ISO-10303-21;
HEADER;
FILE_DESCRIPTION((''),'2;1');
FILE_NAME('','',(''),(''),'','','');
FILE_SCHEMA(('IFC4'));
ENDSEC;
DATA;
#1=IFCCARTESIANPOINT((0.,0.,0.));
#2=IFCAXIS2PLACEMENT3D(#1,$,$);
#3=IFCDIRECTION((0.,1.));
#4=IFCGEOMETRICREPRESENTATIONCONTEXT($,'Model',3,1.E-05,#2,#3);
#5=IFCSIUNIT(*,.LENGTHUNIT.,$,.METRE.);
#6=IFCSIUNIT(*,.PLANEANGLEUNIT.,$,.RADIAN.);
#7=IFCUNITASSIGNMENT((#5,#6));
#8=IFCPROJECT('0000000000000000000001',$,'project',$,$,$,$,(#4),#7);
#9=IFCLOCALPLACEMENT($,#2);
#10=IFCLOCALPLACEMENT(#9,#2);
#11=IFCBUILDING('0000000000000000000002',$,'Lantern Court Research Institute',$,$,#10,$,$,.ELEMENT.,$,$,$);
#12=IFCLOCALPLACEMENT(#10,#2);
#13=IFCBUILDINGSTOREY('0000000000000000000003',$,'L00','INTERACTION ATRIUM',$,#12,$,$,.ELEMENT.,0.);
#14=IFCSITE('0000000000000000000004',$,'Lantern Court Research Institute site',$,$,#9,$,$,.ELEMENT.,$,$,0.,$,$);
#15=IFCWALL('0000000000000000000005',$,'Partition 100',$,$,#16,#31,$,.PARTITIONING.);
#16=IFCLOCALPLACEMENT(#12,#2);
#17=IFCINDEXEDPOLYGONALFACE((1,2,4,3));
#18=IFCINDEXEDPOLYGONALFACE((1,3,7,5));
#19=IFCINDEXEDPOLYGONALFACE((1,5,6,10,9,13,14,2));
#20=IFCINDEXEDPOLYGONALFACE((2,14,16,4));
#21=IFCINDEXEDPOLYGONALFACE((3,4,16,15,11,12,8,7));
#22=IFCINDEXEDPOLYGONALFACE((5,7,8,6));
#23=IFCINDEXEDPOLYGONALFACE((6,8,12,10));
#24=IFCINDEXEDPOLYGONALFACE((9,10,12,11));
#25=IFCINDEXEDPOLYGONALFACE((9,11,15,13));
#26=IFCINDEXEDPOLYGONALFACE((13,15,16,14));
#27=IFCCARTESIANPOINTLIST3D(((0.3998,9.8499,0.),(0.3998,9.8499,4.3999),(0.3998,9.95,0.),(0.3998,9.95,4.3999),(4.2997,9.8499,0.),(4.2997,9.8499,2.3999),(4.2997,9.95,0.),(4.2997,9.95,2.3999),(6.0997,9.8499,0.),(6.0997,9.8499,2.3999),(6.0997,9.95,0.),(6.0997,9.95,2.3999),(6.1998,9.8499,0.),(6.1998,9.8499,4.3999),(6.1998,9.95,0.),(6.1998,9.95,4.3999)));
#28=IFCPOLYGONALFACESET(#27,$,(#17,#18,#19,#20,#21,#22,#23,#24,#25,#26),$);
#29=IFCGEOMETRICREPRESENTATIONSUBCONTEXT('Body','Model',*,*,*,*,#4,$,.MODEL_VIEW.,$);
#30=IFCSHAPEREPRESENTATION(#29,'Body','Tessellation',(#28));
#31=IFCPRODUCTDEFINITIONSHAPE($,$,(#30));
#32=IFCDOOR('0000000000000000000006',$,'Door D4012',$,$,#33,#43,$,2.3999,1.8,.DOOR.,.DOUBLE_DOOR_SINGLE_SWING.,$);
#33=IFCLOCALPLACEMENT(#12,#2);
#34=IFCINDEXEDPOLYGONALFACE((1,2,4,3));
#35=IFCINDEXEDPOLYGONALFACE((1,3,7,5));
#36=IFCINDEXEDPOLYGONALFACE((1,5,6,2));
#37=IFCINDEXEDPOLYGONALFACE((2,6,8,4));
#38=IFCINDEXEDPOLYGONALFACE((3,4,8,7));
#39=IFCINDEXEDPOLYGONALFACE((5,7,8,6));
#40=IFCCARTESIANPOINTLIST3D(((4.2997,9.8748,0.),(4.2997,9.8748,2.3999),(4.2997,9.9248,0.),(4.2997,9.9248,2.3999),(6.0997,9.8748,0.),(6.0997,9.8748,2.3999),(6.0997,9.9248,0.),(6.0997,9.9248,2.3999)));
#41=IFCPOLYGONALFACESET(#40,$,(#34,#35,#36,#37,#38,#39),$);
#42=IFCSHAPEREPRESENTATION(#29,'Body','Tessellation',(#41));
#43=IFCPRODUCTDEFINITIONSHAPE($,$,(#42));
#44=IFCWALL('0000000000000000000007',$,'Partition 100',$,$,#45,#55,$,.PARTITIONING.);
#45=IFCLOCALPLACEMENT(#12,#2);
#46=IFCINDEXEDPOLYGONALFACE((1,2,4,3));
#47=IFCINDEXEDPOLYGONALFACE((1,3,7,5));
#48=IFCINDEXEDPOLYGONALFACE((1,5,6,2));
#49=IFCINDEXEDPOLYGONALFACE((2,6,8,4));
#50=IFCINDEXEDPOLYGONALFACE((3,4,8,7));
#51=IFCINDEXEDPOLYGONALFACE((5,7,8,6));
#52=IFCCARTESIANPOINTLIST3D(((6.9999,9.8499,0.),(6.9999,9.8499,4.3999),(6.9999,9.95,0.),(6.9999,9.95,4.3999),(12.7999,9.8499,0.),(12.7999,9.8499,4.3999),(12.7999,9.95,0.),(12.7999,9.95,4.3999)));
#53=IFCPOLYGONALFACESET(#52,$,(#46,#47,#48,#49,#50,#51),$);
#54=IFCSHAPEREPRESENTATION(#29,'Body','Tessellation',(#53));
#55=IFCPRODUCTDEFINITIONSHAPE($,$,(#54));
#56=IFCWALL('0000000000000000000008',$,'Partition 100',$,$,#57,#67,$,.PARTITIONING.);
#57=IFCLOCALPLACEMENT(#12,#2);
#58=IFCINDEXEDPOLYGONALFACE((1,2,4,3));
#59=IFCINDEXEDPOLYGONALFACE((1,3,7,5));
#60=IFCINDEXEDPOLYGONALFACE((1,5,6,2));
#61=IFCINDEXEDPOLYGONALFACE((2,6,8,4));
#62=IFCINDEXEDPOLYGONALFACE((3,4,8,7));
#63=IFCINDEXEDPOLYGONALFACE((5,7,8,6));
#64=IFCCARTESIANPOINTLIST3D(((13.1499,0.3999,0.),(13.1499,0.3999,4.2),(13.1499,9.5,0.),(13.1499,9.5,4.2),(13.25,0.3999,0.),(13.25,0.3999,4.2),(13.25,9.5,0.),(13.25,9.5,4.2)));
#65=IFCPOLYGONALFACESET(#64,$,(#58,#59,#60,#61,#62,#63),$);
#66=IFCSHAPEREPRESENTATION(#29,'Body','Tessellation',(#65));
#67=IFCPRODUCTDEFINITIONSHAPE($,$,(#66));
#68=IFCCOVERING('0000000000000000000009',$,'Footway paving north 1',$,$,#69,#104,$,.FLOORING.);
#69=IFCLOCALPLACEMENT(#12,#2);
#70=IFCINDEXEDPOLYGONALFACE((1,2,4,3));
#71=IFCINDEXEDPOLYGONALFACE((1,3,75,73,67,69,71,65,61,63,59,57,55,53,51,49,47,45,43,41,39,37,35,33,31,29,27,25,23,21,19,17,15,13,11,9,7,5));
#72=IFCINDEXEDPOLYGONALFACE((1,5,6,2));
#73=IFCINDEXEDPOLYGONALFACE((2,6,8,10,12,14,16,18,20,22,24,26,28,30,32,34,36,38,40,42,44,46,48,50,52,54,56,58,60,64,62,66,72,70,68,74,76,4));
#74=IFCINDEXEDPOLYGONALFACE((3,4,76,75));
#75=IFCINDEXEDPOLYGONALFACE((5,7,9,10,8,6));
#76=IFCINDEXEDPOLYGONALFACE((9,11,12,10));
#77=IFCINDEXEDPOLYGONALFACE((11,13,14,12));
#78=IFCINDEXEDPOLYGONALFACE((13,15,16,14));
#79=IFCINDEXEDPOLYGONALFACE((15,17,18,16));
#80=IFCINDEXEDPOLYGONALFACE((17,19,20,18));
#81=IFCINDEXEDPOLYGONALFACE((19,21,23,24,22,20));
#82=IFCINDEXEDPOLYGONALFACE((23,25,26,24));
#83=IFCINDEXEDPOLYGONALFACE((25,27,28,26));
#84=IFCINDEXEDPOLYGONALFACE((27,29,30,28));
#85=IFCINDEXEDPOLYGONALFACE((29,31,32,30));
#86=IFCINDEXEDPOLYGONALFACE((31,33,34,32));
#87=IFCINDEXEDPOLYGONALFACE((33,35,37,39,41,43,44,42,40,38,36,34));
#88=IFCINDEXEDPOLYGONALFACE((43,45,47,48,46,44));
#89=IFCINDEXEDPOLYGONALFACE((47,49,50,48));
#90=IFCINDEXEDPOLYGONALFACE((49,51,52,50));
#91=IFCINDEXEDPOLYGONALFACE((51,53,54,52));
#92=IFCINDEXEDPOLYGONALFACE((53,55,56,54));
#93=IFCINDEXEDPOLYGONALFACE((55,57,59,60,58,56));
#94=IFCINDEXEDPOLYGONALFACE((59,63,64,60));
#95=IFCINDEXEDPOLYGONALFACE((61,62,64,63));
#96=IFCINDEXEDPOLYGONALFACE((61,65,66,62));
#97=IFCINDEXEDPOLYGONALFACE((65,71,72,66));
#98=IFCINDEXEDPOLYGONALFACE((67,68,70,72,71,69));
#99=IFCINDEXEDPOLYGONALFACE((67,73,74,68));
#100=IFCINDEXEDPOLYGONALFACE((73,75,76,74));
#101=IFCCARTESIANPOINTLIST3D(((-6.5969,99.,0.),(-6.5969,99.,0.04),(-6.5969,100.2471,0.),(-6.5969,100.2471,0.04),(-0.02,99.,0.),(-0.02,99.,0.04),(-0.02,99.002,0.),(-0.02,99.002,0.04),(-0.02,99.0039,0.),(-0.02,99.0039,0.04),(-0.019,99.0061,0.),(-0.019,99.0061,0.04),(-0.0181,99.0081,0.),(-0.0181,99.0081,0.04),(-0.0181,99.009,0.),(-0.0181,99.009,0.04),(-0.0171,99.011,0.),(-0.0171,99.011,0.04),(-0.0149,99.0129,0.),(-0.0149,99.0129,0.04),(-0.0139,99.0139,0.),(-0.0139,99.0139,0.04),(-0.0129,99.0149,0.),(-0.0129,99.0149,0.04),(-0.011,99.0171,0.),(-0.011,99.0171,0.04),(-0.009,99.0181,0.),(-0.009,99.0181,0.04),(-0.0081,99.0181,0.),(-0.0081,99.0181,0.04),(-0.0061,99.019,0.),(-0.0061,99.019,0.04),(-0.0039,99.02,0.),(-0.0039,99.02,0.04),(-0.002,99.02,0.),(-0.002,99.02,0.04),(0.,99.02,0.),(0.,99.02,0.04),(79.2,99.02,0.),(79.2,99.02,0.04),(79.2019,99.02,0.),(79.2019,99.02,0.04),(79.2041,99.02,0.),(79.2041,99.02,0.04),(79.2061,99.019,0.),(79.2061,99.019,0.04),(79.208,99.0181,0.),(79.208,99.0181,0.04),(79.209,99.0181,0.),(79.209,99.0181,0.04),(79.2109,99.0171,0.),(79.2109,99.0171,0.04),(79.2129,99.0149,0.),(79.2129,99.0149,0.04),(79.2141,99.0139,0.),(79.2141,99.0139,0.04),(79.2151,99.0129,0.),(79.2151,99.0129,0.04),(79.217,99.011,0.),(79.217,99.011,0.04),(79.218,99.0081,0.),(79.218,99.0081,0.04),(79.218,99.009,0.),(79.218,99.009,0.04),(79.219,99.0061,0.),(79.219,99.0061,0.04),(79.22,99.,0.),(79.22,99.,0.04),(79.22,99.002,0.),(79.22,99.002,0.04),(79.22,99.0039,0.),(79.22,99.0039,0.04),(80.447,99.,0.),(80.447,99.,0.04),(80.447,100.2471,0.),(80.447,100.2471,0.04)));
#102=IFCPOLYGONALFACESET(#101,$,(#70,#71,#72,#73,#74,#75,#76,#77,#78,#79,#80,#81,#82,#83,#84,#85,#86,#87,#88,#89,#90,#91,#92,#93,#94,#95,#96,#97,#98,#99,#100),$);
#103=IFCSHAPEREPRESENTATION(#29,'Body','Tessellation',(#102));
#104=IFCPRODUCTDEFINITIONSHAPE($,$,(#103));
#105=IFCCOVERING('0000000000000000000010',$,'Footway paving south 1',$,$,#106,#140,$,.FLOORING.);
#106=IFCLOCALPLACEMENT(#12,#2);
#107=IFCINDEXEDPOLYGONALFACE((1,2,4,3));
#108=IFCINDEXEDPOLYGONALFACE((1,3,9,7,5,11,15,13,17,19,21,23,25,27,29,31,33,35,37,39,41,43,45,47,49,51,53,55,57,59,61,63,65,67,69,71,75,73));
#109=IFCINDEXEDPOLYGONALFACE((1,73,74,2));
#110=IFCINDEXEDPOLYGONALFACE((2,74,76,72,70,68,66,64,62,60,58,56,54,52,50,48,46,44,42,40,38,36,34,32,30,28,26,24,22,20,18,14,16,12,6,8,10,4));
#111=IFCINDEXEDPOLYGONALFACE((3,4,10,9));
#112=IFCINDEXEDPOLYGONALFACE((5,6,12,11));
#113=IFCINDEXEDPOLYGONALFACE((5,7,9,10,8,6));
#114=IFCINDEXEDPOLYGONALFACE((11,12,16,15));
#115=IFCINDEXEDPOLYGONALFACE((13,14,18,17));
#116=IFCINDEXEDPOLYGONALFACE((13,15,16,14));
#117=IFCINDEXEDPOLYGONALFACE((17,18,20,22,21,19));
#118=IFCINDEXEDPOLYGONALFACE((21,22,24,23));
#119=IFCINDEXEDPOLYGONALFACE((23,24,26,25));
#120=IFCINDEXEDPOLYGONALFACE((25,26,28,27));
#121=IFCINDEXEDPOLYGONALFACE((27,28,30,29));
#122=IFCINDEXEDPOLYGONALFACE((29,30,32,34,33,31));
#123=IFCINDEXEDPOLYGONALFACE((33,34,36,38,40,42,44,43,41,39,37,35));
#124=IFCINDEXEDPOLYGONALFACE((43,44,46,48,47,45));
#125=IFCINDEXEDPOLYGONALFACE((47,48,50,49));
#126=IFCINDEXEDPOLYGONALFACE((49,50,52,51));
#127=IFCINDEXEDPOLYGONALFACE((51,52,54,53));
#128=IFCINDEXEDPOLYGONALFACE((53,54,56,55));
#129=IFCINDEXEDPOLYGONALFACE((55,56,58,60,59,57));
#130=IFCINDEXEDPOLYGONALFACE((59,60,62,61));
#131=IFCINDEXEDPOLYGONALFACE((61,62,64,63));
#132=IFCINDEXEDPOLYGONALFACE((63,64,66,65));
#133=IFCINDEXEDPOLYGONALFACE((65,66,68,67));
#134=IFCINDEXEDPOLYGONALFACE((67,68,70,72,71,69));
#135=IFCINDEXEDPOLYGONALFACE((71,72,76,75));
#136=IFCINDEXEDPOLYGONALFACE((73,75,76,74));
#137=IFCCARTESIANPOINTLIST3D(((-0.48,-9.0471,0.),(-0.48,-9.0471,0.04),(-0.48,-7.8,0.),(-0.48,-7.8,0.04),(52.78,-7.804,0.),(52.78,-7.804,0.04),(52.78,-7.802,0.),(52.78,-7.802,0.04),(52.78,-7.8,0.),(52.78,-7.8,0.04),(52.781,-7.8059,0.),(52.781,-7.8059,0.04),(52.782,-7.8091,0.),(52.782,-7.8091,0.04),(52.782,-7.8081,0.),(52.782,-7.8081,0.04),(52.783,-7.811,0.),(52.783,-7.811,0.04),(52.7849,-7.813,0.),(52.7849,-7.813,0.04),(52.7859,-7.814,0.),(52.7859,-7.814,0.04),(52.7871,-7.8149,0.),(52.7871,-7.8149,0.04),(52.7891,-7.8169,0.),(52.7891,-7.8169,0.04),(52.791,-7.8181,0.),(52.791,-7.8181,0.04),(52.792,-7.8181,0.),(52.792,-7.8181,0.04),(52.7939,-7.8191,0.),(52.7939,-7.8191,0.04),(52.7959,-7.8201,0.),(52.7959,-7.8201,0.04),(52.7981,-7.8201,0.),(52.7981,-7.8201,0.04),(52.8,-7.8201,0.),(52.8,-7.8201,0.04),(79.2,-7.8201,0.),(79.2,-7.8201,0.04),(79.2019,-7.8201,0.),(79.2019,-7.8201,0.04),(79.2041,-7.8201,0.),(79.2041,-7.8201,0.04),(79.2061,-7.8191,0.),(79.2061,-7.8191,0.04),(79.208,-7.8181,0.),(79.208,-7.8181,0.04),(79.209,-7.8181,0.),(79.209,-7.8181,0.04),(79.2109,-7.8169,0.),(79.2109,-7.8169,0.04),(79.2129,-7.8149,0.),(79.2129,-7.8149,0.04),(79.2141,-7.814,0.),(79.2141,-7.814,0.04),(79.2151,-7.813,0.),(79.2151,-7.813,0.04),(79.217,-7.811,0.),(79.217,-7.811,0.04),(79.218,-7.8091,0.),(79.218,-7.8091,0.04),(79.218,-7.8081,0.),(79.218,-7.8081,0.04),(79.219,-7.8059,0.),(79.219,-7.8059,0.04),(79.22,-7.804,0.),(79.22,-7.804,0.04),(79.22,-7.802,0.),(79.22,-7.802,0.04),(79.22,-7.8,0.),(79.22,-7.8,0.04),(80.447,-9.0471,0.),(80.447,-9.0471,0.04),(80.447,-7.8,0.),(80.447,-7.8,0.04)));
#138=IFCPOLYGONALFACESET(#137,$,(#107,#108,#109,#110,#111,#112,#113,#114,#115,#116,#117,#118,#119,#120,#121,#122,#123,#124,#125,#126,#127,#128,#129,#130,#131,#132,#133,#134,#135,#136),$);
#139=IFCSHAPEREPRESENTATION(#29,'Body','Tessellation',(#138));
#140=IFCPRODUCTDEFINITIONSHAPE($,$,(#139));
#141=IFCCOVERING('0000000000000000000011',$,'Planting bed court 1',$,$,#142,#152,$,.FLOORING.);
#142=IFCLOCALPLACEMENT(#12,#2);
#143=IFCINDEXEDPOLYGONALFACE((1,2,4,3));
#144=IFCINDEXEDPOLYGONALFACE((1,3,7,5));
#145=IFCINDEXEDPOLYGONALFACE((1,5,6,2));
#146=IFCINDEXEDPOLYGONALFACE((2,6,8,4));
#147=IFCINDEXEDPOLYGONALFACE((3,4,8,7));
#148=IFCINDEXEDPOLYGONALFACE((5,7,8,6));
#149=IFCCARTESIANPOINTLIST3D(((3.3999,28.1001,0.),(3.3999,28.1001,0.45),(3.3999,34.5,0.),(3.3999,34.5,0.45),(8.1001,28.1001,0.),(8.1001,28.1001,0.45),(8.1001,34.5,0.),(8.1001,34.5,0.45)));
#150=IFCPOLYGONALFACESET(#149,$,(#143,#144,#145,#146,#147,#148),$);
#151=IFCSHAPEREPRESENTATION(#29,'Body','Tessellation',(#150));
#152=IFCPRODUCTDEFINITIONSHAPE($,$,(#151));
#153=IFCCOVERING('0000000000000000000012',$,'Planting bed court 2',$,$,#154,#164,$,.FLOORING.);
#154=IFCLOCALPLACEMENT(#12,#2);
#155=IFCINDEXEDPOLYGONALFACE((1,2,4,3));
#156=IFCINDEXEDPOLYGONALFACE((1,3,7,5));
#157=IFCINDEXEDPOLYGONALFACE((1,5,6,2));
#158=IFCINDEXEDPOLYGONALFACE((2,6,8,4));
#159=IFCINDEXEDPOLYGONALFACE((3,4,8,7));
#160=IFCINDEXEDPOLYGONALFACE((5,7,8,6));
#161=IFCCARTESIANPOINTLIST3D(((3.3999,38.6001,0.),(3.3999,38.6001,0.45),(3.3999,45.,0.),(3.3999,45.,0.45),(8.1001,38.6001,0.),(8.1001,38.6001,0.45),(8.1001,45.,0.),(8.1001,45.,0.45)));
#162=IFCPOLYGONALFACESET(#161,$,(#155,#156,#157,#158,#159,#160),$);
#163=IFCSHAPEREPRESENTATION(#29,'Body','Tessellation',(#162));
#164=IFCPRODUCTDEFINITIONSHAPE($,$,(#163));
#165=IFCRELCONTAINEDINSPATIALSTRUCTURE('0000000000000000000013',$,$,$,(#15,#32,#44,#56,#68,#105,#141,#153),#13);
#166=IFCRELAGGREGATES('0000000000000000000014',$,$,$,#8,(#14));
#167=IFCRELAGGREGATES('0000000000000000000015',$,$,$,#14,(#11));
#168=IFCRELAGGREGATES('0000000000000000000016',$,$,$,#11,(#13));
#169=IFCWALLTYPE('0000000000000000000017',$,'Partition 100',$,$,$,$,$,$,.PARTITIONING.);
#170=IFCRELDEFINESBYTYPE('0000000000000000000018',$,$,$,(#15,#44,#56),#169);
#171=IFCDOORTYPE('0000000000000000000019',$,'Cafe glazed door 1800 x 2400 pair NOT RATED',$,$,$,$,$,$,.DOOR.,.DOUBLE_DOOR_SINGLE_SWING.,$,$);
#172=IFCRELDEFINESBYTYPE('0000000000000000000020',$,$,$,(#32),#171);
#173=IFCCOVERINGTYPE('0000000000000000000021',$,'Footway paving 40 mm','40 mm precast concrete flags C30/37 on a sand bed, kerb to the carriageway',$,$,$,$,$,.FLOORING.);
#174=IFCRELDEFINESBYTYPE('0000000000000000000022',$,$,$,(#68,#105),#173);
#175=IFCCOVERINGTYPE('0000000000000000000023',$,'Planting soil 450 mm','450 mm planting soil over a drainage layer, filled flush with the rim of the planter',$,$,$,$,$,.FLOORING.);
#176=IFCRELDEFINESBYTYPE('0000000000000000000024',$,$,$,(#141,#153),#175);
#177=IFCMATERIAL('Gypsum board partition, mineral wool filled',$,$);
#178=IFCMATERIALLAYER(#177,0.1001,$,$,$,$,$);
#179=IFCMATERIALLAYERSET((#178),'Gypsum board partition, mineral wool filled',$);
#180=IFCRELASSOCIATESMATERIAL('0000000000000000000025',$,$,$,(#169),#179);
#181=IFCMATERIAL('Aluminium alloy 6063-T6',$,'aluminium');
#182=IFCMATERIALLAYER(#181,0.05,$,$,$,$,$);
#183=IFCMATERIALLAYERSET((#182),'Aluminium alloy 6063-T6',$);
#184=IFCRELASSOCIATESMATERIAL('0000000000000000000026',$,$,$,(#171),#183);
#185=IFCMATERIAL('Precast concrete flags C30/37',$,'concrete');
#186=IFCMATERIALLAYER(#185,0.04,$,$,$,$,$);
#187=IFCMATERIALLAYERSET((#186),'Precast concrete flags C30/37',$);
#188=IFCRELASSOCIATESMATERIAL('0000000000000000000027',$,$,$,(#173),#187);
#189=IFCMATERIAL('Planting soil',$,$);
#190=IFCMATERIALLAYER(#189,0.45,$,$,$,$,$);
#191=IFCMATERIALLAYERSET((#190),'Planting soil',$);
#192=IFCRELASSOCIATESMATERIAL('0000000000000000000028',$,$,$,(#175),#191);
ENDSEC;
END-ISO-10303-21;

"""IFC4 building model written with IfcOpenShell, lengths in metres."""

from ifc_helpers import new_model, si_unit, direction, frame, frame_2d, origin, place, context, subcontext, project, spatial, polyline, rectangle, outline, extrude, material, layer, layer_set, type_object, element, fill, save


model = new_model("IFC4")

# Units and contexts
model_context = context("Model", 3, precision=1e-05, world=origin(), true_north=direction((0.0, 1.0)))
body_context = subcontext(model_context, "Body", "Model", "MODEL_VIEW")
ifc_project = project(units=[si_unit("LENGTHUNIT", "METRE"), si_unit("PLANEANGLEUNIT", "RADIAN")], contexts=[model_context])

# Site, building, storey
site_placement = place(None, origin())
site = spatial("IfcSite", under=ifc_project, at=site_placement, Name="Lantern Court Research Institute site", CompositionType="ELEMENT", RefElevation=0.0)
building_placement = place(site_placement, origin())
building = spatial("IfcBuilding", under=site, at=building_placement, Name="Lantern Court Research Institute", CompositionType="ELEMENT")
storey_placement = place(building_placement, origin())
storey = spatial("IfcBuildingStorey", under=building, at=storey_placement, Name="L00", Description="INTERACTION ATRIUM", CompositionType="ELEMENT", Elevation=0.0)

# Wall, opening, door
ifc_material_1 = material(Name="Gypsum board partition, mineral wool filled")
ifc_layer_1 = layer(ifc_material_1, 0.1001)
ifc_layer_set_1 = layer_set([ifc_layer_1], Name="Gypsum board partition, mineral wool filled")
wall_type = type_object("IfcWallType", Name="Partition 100", PredefinedType="PARTITIONING", material=ifc_layer_set_1)
wall_1_placement = place(storey_placement, frame((0.3999, 9.8999, 0.0), z_axis=(0.0, 0.0, 1.0), x_axis=(1.0, 0.0, 0.0)))
wall_1 = element("IfcWall", 1, at=wall_1_placement, inside=storey, type_object=wall_type, Name="Partition 100", PredefinedType="PARTITIONING", context=body_context, shape_type="SweptSolid", body=[
    extrude(rectangle(XDim=5.8, YDim=0.1001, at=frame_2d((2.8999, 0.0))), origin(), (0.0, 0.0, 1.0), 4.3999),
])
opening_placement = place(wall_1_placement, frame((3.8999, 0.0, 0.0)))
opening = element("IfcOpeningElement", 2, at=opening_placement, cuts=wall_1, PredefinedType="OPENING", context=body_context, shape_type="SweptSolid", body=[
    extrude(rectangle(XDim=1.8, YDim=2.3999, at=frame_2d((0.8999, 1.2))), frame((0.0, 0.0601, 0.0), z_axis=(0.0, -1.0, 0.0), x_axis=(1.0, 0.0, 0.0)), (0.0, 0.0, 1.0), 0.1201),
])
ifc_material_2 = material(Name="Aluminium alloy 6063-T6", Category="aluminium")
ifc_layer_2 = layer(ifc_material_2, 0.05)
ifc_layer_set_2 = layer_set([ifc_layer_2], Name="Aluminium alloy 6063-T6")
door_type = type_object("IfcDoorType", Name="Cafe glazed door 1800 x 2400 pair NOT RATED", OperationType="DOUBLE_DOOR_SINGLE_SWING", PredefinedType="DOOR", material=ifc_layer_set_2)
door_placement = place(opening_placement, origin())
door = element("IfcDoor", 3, at=door_placement, inside=storey, type_object=door_type, Name="Door D4012", OperationType="DOUBLE_DOOR_SINGLE_SWING", OverallHeight=2.3999, OverallWidth=1.8, PredefinedType="DOOR", context=body_context, shape_type="SweptSolid", body=[
    extrude(rectangle(XDim=1.8, YDim=2.3999, at=frame_2d((0.8999, 1.2))), frame((0.0, 0.0249, 0.0), z_axis=(0.0, -1.0, 0.0), x_axis=(1.0, 0.0, 0.0)), (0.0, 0.0, 1.0), 0.05),
])
fill(opening, door)

# Walls
wall_2_placement = place(storey_placement, frame((7.0, 9.8999, 0.0), z_axis=(0.0, 0.0, 1.0), x_axis=(1.0, 0.0, 0.0)))
element("IfcWall", 4, at=wall_2_placement, inside=storey, type_object=wall_type, Name="Partition 100", PredefinedType="PARTITIONING", context=body_context, shape_type="SweptSolid", body=[
    extrude(rectangle(XDim=5.8, YDim=0.1001, at=frame_2d((2.8999, 0.0))), origin(), (0.0, 0.0, 1.0), 4.3999),
])
wall_3_placement = place(storey_placement, frame((13.2, 0.3999, 0.0), z_axis=(0.0, 0.0, 1.0), x_axis=(0.0, 1.0, 0.0)))
element("IfcWall", 5, at=wall_3_placement, inside=storey, type_object=wall_type, Name="Partition 100", PredefinedType="PARTITIONING", context=body_context, shape_type="SweptSolid", body=[
    extrude(rectangle(XDim=9.1001, YDim=0.1001, at=frame_2d((4.55, 0.0))), origin(), (0.0, 0.0, 1.0), 4.2),
])

# Coverings
ifc_material_3 = material(Name="Precast concrete flags C30/37", Category="concrete")
ifc_layer_3 = layer(ifc_material_3, 0.04)
ifc_layer_set_3 = layer_set([ifc_layer_3], Name="Precast concrete flags C30/37")
covering_type_1 = type_object("IfcCoveringType", Name="Footway paving 40 mm", Description="40 mm precast concrete flags C30/37 on a sand bed, kerb to the carriageway", PredefinedType="FLOORING", material=ifc_layer_set_3)
covering_1_placement = place(storey_placement, origin())
element("IfcCovering", 6, at=covering_1_placement, inside=storey, type_object=covering_type_1, Name="Footway paving north 1", PredefinedType="FLOORING", context=body_context, shape_type="SweptSolid", body=[
    extrude(outline(polyline([(-6.5969, 100.2471), (80.447, 100.2471), (80.447, 99.0), (79.22, 99.0), (79.22, 99.002), (79.22, 99.0039), (79.219, 99.0061), (79.218, 99.0081), (79.218, 99.009), (79.217, 99.011), (79.2151, 99.0129), (79.2141, 99.0139), (79.2129, 99.0149), (79.2109, 99.0171), (79.209, 99.0181), (79.208, 99.0181), (79.2061, 99.019), (79.2041, 99.02), (79.2019, 99.02), (79.2, 99.02), (0.0, 99.02), (-0.002, 99.02), (-0.0039, 99.02), (-0.0061, 99.019), (-0.0081, 99.0181), (-0.009, 99.0181), (-0.011, 99.0171), (-0.0129, 99.0149), (-0.0139, 99.0139), (-0.0149, 99.0129), (-0.0171, 99.011), (-0.0181, 99.009), (-0.0181, 99.0081), (-0.019, 99.0061), (-0.02, 99.0039), (-0.02, 99.002), (-0.02, 99.0), (-6.5969, 99.0), (-6.5969, 100.2471)])), origin(), (0.0, 0.0, 1.0), 0.04),
])
covering_2_placement = place(storey_placement, origin())
element("IfcCovering", 7, at=covering_2_placement, inside=storey, type_object=covering_type_1, Name="Footway paving south 1", PredefinedType="FLOORING", context=body_context, shape_type="SweptSolid", body=[
    extrude(outline(polyline([(80.447, -9.0471), (-0.48, -9.0471), (-0.48, -7.8), (52.78, -7.8), (52.78, -7.802), (52.78, -7.804), (52.781, -7.8059), (52.782, -7.8081), (52.782, -7.8091), (52.783, -7.811), (52.7849, -7.813), (52.7859, -7.814), (52.7871, -7.8149), (52.7891, -7.8169), (52.791, -7.8181), (52.792, -7.8181), (52.7939, -7.8191), (52.7959, -7.8201), (52.7981, -7.8201), (52.8, -7.8201), (79.2, -7.8201), (79.2019, -7.8201), (79.2041, -7.8201), (79.2061, -7.8191), (79.208, -7.8181), (79.209, -7.8181), (79.2109, -7.8169), (79.2129, -7.8149), (79.2141, -7.814), (79.2151, -7.813), (79.217, -7.811), (79.218, -7.8091), (79.218, -7.8081), (79.219, -7.8059), (79.22, -7.804), (79.22, -7.802), (79.22, -7.8), (80.447, -7.8), (80.447, -9.0471)])), origin(), (0.0, 0.0, 1.0), 0.04),
])
ifc_material_4 = material(Name="Planting soil")
ifc_layer_4 = layer(ifc_material_4, 0.45)
ifc_layer_set_4 = layer_set([ifc_layer_4], Name="Planting soil")
covering_type_2 = type_object("IfcCoveringType", Name="Planting soil 450 mm", Description="450 mm planting soil over a drainage layer, filled flush with the rim of the planter", PredefinedType="FLOORING", material=ifc_layer_set_4)
covering_3_placement = place(storey_placement, origin())
element("IfcCovering", 8, at=covering_3_placement, inside=storey, type_object=covering_type_2, Name="Planting bed court 1", PredefinedType="FLOORING", context=body_context, shape_type="SweptSolid", body=[
    extrude(outline(polyline([(3.3999, 28.1001), (8.1001, 28.1001), (8.1001, 34.5), (3.3999, 34.5), (3.3999, 28.1001)])), origin(), (0.0, 0.0, 1.0), 0.45),
])
covering_4_placement = place(storey_placement, origin())
element("IfcCovering", 9, at=covering_4_placement, inside=storey, type_object=covering_type_2, Name="Planting bed court 2", PredefinedType="FLOORING", context=body_context, shape_type="SweptSolid", body=[
    extrude(outline(polyline([(3.3999, 38.6001), (8.1001, 38.6001), (8.1001, 45.0), (3.3999, 45.0), (3.3999, 38.6001)])), origin(), (0.0, 0.0, 1.0), 0.45),
])

save(model, "model.ifc")
